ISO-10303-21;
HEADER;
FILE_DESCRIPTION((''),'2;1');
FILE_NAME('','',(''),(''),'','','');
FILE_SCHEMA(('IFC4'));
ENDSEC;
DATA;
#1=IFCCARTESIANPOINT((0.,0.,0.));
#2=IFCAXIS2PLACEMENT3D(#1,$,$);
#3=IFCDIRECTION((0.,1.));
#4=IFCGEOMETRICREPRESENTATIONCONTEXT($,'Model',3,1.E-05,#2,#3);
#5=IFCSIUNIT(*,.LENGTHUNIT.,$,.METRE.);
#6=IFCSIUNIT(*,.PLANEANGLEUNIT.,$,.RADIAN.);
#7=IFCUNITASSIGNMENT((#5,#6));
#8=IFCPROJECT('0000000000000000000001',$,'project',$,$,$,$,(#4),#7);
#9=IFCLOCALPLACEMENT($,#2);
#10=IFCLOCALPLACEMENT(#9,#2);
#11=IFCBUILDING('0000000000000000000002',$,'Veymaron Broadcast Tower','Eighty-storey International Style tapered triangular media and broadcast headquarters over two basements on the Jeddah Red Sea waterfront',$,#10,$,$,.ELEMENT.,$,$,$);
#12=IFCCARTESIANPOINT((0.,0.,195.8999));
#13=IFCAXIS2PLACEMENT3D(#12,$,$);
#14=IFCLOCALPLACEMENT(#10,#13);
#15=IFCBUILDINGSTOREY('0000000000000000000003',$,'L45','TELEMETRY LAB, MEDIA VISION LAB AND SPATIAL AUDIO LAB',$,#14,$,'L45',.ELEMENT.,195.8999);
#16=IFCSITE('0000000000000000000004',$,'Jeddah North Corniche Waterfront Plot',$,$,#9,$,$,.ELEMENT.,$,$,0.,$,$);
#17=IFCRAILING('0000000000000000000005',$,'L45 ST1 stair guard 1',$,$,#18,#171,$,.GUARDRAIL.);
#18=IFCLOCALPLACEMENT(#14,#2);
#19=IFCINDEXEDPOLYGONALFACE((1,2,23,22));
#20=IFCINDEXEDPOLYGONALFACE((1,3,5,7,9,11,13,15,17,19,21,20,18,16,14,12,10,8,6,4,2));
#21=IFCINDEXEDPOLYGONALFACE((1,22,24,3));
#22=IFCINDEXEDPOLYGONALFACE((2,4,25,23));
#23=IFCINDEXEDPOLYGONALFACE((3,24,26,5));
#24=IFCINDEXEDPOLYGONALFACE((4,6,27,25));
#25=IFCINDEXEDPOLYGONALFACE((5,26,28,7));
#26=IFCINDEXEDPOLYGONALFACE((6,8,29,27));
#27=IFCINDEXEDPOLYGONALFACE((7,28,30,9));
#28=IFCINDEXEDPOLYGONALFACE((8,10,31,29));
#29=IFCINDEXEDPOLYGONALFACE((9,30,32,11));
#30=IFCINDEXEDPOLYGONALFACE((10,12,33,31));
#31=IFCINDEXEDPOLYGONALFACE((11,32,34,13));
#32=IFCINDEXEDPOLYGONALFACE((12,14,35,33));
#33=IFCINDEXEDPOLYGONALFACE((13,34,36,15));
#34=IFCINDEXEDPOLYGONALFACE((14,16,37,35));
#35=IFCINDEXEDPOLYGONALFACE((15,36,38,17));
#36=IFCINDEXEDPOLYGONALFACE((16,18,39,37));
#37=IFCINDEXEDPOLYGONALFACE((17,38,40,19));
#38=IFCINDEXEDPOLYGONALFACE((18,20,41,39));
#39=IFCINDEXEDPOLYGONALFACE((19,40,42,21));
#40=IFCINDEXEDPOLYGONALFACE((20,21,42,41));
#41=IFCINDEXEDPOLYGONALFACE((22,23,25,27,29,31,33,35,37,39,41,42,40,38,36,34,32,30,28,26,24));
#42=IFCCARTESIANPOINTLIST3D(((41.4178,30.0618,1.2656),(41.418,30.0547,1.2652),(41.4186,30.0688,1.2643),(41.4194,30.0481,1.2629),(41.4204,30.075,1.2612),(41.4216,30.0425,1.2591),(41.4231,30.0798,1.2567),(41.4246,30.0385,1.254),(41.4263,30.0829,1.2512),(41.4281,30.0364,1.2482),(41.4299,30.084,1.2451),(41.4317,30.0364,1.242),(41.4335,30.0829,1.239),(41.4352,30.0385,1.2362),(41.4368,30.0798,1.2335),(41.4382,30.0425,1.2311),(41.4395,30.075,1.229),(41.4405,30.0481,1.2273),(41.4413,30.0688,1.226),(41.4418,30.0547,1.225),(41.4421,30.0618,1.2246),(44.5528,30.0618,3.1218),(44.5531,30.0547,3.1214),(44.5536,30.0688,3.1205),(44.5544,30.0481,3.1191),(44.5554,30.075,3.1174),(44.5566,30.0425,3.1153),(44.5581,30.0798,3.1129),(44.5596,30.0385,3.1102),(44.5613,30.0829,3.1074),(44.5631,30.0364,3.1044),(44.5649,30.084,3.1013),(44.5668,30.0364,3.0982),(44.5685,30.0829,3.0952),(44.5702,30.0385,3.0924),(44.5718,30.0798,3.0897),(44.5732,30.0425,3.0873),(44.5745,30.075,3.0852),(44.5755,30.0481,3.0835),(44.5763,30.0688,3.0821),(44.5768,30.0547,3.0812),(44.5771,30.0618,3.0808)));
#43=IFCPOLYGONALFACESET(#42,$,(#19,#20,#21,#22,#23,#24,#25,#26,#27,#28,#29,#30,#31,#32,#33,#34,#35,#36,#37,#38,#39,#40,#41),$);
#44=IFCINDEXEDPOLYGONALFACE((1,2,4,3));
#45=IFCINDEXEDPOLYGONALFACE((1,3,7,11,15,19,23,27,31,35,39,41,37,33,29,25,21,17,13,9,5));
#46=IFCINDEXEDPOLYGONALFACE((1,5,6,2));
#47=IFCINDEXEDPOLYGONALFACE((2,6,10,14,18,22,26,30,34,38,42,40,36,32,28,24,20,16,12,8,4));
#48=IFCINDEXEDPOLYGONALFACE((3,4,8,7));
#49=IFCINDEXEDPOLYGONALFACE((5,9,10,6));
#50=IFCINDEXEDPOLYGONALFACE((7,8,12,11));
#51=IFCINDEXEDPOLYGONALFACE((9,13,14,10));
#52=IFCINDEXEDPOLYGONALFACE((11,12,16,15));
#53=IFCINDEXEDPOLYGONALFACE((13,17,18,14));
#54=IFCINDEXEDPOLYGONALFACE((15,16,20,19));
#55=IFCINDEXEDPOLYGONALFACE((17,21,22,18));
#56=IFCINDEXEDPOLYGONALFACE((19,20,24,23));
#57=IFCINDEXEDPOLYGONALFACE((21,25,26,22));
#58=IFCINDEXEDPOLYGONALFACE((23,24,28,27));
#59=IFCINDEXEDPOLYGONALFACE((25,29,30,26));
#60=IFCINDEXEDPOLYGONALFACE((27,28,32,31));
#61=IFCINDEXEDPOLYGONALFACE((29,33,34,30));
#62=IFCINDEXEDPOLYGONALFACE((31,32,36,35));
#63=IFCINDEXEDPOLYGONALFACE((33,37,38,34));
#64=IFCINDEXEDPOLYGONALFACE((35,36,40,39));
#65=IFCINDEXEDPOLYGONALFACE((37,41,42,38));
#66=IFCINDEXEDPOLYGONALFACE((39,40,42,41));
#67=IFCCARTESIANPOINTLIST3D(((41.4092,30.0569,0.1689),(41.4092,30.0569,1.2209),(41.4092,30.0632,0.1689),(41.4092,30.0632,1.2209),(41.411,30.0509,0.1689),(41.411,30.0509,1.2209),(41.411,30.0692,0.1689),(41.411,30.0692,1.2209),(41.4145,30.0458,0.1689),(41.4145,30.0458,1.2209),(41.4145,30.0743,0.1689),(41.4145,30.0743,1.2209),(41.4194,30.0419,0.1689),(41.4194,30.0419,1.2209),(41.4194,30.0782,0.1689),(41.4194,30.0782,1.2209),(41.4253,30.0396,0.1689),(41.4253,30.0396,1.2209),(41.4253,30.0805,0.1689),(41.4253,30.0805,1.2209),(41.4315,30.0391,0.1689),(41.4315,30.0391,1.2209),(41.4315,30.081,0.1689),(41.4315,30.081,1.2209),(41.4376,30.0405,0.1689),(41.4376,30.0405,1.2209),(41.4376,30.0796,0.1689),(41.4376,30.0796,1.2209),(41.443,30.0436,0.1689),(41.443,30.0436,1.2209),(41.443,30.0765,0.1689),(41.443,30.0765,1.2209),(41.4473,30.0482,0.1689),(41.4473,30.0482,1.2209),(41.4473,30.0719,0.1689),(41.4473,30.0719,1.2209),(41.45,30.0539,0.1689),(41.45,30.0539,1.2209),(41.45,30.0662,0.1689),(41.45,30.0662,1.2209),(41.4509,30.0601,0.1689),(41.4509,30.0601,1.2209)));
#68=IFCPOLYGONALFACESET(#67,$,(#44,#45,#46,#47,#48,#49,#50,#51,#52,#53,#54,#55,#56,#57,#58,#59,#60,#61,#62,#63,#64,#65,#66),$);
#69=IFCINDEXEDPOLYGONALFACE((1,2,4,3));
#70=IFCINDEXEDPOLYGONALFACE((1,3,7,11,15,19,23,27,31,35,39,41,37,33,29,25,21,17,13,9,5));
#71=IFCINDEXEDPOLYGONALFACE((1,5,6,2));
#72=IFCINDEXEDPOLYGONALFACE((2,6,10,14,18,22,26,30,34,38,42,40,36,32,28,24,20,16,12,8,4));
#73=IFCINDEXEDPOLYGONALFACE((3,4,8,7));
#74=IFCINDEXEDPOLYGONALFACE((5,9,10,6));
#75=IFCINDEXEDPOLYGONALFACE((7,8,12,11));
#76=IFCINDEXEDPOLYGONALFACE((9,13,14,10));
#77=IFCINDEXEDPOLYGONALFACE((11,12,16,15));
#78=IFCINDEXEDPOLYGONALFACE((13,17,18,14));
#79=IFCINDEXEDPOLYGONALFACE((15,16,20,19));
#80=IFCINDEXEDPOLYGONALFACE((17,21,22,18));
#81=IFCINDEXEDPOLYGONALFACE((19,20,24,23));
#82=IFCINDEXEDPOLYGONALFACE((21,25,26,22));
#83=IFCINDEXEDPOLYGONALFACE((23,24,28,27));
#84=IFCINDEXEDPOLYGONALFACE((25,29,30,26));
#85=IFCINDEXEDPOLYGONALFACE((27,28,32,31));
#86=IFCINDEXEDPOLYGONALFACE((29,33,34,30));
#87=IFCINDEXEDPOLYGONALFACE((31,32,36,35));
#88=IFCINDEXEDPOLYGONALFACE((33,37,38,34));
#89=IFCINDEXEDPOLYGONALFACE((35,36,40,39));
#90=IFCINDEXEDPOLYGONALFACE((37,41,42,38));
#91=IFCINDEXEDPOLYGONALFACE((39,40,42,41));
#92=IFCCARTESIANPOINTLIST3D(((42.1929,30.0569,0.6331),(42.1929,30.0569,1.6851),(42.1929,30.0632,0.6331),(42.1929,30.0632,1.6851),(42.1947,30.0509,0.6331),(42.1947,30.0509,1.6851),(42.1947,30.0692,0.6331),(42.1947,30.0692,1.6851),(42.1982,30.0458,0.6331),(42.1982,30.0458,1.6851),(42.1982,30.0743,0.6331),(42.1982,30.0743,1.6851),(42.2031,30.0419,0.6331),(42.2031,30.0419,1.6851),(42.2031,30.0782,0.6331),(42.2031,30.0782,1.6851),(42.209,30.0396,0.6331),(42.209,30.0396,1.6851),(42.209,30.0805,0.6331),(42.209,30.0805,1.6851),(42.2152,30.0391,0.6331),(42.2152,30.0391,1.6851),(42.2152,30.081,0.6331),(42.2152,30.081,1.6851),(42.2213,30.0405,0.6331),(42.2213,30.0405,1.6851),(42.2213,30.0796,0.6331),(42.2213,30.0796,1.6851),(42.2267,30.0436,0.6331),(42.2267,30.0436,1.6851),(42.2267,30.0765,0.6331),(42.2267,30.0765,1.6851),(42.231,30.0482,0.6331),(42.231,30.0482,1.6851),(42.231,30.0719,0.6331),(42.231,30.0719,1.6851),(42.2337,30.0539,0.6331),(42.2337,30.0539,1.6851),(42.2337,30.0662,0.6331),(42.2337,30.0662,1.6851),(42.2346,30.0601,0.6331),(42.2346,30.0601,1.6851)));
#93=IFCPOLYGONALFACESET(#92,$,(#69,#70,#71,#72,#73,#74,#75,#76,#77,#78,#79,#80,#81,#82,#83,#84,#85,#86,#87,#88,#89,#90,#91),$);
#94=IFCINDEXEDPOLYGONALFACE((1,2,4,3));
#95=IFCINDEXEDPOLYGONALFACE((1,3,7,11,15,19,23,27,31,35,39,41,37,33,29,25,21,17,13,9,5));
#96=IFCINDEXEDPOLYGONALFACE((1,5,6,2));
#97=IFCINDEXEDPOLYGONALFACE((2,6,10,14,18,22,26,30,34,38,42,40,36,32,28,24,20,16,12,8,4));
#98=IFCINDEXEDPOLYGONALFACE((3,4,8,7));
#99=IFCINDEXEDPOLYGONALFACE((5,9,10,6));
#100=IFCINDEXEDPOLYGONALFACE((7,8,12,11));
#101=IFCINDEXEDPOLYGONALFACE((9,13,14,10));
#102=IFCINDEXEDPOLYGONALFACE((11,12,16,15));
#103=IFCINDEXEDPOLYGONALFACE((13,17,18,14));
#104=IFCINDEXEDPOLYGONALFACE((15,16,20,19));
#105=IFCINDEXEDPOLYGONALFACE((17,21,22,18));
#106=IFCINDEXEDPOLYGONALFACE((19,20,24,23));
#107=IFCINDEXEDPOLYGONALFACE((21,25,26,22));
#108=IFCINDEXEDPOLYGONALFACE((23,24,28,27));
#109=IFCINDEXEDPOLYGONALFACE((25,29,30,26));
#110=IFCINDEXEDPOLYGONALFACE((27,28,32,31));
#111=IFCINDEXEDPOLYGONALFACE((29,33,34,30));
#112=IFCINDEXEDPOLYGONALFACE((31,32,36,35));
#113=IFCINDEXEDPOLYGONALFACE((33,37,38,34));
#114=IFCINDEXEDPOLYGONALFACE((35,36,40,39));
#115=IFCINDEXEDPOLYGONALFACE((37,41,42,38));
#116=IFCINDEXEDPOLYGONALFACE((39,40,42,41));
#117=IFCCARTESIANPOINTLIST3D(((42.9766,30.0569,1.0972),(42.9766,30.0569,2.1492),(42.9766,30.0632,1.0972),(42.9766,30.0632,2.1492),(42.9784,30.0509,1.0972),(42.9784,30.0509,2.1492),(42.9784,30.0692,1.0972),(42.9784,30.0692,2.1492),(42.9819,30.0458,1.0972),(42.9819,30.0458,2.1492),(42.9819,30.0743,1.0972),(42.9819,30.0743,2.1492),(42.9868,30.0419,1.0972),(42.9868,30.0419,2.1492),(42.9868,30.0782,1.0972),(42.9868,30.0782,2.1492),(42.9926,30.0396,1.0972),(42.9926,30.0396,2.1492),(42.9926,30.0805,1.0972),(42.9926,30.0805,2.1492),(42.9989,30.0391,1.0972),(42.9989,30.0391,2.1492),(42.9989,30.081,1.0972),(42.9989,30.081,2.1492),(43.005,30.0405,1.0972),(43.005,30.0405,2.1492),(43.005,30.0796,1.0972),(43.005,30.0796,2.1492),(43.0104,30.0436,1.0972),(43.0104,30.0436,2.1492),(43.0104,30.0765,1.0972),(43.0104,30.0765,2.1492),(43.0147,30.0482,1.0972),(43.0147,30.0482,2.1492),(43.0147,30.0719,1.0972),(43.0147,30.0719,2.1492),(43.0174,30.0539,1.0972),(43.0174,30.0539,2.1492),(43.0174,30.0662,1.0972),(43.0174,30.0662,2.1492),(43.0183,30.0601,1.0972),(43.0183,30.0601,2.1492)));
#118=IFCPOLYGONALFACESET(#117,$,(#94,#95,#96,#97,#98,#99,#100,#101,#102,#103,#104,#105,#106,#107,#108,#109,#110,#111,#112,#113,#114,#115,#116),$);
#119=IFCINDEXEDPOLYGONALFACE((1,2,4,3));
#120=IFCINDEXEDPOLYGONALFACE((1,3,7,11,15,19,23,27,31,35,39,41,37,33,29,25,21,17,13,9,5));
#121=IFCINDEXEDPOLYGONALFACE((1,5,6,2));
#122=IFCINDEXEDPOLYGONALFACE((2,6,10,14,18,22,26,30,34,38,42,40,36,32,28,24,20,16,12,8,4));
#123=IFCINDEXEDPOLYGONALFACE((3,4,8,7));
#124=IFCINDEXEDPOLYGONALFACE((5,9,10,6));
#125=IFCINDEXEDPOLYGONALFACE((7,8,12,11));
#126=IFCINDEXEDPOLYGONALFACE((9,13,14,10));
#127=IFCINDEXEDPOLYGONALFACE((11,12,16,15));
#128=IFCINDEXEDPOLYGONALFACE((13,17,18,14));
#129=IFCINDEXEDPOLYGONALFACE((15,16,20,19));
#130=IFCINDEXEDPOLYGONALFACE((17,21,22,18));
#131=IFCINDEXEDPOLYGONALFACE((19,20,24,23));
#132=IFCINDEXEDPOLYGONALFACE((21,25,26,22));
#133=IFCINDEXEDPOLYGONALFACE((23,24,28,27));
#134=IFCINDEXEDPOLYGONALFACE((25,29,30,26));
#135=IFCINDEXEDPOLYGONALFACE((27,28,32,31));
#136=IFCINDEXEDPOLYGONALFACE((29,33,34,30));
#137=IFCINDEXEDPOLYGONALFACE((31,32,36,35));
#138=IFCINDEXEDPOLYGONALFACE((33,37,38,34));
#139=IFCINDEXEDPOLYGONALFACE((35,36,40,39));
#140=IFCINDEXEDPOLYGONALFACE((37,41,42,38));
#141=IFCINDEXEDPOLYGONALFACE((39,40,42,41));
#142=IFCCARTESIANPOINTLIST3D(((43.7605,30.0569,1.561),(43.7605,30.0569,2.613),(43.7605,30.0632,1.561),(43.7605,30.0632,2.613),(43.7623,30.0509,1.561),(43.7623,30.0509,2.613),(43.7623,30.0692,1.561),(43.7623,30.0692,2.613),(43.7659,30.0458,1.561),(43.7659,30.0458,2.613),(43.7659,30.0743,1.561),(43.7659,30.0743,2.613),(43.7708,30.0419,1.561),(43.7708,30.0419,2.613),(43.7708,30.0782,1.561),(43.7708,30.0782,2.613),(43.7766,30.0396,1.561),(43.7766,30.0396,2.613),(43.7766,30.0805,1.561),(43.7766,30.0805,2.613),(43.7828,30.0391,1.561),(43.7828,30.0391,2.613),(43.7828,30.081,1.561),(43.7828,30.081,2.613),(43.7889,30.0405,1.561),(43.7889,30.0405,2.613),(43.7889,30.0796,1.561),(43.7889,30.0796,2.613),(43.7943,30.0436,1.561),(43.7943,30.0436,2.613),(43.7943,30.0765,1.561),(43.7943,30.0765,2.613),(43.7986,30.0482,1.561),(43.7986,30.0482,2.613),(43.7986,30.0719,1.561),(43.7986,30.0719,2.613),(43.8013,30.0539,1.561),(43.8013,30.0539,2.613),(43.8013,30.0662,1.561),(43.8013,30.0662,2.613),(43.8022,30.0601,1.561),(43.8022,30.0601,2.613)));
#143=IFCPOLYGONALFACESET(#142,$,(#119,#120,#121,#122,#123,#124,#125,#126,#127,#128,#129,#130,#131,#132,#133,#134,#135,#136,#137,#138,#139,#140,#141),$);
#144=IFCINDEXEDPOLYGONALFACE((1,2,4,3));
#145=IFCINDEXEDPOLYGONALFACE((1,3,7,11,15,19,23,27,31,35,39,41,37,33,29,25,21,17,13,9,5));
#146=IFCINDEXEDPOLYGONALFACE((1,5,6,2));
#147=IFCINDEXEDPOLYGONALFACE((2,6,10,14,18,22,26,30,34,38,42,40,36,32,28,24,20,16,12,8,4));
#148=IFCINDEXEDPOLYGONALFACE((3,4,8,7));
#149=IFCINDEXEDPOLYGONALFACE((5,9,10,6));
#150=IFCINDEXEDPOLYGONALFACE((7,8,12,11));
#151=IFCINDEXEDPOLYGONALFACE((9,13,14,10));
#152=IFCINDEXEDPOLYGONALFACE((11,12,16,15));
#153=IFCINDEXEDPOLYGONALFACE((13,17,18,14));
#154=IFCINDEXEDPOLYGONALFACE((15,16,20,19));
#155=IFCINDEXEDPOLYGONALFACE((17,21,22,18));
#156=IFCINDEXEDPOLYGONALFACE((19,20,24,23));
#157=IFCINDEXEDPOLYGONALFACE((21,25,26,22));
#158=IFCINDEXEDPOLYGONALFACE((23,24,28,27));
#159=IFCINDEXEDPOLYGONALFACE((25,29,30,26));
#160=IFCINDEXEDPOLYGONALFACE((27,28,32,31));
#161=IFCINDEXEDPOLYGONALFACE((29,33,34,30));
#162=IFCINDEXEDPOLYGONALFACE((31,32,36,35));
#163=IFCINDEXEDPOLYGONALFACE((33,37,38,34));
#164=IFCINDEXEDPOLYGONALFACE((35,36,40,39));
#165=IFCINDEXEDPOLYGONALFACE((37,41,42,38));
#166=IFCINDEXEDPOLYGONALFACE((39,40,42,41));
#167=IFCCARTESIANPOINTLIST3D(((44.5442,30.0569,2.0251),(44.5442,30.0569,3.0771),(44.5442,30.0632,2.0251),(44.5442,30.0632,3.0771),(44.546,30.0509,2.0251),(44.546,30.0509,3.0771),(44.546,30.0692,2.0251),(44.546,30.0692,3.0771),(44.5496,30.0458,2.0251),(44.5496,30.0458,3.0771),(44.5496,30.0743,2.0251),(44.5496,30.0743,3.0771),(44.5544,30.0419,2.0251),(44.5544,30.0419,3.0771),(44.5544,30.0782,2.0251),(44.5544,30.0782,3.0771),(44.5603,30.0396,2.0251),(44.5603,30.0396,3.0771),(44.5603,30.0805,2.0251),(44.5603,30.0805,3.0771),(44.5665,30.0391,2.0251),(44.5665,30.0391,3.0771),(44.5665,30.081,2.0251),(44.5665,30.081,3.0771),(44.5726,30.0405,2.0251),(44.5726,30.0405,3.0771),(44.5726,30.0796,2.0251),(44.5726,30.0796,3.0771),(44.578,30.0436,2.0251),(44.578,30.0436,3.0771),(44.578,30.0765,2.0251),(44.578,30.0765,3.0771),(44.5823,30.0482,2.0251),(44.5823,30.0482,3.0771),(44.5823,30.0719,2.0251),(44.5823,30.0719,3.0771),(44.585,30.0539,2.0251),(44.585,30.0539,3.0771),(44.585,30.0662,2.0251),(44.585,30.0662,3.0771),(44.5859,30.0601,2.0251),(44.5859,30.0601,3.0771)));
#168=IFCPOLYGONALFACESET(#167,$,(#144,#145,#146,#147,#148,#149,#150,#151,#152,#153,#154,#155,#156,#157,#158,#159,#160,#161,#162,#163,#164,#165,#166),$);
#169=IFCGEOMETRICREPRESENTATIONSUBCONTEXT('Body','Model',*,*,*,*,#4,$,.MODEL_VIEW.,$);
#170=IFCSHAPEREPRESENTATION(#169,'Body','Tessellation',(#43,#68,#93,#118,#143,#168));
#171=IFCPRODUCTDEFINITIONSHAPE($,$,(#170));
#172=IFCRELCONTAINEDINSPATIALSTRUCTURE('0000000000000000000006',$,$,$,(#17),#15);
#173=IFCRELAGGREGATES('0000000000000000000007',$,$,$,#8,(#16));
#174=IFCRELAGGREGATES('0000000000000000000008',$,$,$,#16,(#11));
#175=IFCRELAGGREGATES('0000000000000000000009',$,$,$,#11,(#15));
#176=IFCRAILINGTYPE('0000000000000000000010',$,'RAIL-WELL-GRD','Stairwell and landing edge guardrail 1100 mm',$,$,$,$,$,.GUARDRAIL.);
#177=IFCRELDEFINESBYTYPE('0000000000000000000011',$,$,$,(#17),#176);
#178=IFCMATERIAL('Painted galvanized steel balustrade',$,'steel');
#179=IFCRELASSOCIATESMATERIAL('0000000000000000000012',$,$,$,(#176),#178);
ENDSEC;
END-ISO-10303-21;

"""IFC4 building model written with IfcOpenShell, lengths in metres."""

from ifc_helpers import new_model, si_unit, direction, frame, origin, origin_2d, place, context, subcontext, project, spatial, circle, extrude, material, type_object, element, save


model = new_model("IFC4")

# Units and contexts
model_context = context("Model", 3, precision=1e-05, world=origin(), true_north=direction((0.0, 1.0)))
body_context = subcontext(model_context, "Body", "Model", "MODEL_VIEW")
ifc_project = project(units=[si_unit("LENGTHUNIT", "METRE"), si_unit("PLANEANGLEUNIT", "RADIAN")], contexts=[model_context])

# Site, building, storey
site_placement = place(None, origin())
site = spatial("IfcSite", under=ifc_project, at=site_placement, Name="Jeddah North Corniche Waterfront Plot", CompositionType="ELEMENT", RefElevation=0.0)
building_placement = place(site_placement, origin())
building = spatial("IfcBuilding", under=site, at=building_placement, Name="Veymaron Broadcast Tower", Description="Eighty-storey International Style tapered triangular media and broadcast headquarters over two basements on the Jeddah Red Sea waterfront", CompositionType="ELEMENT")
storey_placement = place(building_placement, frame((0.0, 0.0, 195.8999)))
storey = spatial("IfcBuildingStorey", under=building, at=storey_placement, Name="L45", Description="TELEMETRY LAB, MEDIA VISION LAB AND SPATIAL AUDIO LAB", LongName="L45", CompositionType="ELEMENT", Elevation=195.8999)

# Railing
ifc_material_1 = material(Name="Painted galvanized steel balustrade", Category="steel")
railing_type_1 = type_object("IfcRailingType", Name="RAIL-WELL-GRD", Description="Stairwell and landing edge guardrail 1100 mm", PredefinedType="GUARDRAIL", material=ifc_material_1)
railing_1_placement = place(storey_placement, frame((41.4299, 30.0601, 0.1689)))
element("IfcRailing", 1, at=railing_1_placement, inside=storey, type_object=railing_type_1, Name="L45 ST1 stair guard 1", PredefinedType="GUARDRAIL", context=body_context, shape_type="SweptSolid", body=[
    extrude(circle(Radius=0.0239, at=origin_2d()), frame((0.0, 0.0, 1.0762), z_axis=(0.860482, 0.0, 0.509481), x_axis=(0.0, 1.0, 0.0)), (0.0, 0.0, 1.0), 3.6433),
    extrude(circle(Radius=0.021, at=origin_2d()), origin(), (0.0, 0.0, 1.0), 1.052),
    extrude(circle(Radius=0.021, at=origin_2d()), frame((0.7837, 0.0, 0.4641)), (0.0, 0.0, 1.0), 1.052),
    extrude(circle(Radius=0.021, at=origin_2d()), frame((1.5674, 0.0, 0.9282)), (0.0, 0.0, 1.0), 1.052),
    extrude(circle(Radius=0.021, at=origin_2d()), frame((2.3513, 0.0, 1.3921)), (0.0, 0.0, 1.0), 1.052),
    extrude(circle(Radius=0.021, at=origin_2d()), frame((3.135, 0.0, 1.8562)), (0.0, 0.0, 1.0), 1.052),
])

save(model, "model.ifc")
